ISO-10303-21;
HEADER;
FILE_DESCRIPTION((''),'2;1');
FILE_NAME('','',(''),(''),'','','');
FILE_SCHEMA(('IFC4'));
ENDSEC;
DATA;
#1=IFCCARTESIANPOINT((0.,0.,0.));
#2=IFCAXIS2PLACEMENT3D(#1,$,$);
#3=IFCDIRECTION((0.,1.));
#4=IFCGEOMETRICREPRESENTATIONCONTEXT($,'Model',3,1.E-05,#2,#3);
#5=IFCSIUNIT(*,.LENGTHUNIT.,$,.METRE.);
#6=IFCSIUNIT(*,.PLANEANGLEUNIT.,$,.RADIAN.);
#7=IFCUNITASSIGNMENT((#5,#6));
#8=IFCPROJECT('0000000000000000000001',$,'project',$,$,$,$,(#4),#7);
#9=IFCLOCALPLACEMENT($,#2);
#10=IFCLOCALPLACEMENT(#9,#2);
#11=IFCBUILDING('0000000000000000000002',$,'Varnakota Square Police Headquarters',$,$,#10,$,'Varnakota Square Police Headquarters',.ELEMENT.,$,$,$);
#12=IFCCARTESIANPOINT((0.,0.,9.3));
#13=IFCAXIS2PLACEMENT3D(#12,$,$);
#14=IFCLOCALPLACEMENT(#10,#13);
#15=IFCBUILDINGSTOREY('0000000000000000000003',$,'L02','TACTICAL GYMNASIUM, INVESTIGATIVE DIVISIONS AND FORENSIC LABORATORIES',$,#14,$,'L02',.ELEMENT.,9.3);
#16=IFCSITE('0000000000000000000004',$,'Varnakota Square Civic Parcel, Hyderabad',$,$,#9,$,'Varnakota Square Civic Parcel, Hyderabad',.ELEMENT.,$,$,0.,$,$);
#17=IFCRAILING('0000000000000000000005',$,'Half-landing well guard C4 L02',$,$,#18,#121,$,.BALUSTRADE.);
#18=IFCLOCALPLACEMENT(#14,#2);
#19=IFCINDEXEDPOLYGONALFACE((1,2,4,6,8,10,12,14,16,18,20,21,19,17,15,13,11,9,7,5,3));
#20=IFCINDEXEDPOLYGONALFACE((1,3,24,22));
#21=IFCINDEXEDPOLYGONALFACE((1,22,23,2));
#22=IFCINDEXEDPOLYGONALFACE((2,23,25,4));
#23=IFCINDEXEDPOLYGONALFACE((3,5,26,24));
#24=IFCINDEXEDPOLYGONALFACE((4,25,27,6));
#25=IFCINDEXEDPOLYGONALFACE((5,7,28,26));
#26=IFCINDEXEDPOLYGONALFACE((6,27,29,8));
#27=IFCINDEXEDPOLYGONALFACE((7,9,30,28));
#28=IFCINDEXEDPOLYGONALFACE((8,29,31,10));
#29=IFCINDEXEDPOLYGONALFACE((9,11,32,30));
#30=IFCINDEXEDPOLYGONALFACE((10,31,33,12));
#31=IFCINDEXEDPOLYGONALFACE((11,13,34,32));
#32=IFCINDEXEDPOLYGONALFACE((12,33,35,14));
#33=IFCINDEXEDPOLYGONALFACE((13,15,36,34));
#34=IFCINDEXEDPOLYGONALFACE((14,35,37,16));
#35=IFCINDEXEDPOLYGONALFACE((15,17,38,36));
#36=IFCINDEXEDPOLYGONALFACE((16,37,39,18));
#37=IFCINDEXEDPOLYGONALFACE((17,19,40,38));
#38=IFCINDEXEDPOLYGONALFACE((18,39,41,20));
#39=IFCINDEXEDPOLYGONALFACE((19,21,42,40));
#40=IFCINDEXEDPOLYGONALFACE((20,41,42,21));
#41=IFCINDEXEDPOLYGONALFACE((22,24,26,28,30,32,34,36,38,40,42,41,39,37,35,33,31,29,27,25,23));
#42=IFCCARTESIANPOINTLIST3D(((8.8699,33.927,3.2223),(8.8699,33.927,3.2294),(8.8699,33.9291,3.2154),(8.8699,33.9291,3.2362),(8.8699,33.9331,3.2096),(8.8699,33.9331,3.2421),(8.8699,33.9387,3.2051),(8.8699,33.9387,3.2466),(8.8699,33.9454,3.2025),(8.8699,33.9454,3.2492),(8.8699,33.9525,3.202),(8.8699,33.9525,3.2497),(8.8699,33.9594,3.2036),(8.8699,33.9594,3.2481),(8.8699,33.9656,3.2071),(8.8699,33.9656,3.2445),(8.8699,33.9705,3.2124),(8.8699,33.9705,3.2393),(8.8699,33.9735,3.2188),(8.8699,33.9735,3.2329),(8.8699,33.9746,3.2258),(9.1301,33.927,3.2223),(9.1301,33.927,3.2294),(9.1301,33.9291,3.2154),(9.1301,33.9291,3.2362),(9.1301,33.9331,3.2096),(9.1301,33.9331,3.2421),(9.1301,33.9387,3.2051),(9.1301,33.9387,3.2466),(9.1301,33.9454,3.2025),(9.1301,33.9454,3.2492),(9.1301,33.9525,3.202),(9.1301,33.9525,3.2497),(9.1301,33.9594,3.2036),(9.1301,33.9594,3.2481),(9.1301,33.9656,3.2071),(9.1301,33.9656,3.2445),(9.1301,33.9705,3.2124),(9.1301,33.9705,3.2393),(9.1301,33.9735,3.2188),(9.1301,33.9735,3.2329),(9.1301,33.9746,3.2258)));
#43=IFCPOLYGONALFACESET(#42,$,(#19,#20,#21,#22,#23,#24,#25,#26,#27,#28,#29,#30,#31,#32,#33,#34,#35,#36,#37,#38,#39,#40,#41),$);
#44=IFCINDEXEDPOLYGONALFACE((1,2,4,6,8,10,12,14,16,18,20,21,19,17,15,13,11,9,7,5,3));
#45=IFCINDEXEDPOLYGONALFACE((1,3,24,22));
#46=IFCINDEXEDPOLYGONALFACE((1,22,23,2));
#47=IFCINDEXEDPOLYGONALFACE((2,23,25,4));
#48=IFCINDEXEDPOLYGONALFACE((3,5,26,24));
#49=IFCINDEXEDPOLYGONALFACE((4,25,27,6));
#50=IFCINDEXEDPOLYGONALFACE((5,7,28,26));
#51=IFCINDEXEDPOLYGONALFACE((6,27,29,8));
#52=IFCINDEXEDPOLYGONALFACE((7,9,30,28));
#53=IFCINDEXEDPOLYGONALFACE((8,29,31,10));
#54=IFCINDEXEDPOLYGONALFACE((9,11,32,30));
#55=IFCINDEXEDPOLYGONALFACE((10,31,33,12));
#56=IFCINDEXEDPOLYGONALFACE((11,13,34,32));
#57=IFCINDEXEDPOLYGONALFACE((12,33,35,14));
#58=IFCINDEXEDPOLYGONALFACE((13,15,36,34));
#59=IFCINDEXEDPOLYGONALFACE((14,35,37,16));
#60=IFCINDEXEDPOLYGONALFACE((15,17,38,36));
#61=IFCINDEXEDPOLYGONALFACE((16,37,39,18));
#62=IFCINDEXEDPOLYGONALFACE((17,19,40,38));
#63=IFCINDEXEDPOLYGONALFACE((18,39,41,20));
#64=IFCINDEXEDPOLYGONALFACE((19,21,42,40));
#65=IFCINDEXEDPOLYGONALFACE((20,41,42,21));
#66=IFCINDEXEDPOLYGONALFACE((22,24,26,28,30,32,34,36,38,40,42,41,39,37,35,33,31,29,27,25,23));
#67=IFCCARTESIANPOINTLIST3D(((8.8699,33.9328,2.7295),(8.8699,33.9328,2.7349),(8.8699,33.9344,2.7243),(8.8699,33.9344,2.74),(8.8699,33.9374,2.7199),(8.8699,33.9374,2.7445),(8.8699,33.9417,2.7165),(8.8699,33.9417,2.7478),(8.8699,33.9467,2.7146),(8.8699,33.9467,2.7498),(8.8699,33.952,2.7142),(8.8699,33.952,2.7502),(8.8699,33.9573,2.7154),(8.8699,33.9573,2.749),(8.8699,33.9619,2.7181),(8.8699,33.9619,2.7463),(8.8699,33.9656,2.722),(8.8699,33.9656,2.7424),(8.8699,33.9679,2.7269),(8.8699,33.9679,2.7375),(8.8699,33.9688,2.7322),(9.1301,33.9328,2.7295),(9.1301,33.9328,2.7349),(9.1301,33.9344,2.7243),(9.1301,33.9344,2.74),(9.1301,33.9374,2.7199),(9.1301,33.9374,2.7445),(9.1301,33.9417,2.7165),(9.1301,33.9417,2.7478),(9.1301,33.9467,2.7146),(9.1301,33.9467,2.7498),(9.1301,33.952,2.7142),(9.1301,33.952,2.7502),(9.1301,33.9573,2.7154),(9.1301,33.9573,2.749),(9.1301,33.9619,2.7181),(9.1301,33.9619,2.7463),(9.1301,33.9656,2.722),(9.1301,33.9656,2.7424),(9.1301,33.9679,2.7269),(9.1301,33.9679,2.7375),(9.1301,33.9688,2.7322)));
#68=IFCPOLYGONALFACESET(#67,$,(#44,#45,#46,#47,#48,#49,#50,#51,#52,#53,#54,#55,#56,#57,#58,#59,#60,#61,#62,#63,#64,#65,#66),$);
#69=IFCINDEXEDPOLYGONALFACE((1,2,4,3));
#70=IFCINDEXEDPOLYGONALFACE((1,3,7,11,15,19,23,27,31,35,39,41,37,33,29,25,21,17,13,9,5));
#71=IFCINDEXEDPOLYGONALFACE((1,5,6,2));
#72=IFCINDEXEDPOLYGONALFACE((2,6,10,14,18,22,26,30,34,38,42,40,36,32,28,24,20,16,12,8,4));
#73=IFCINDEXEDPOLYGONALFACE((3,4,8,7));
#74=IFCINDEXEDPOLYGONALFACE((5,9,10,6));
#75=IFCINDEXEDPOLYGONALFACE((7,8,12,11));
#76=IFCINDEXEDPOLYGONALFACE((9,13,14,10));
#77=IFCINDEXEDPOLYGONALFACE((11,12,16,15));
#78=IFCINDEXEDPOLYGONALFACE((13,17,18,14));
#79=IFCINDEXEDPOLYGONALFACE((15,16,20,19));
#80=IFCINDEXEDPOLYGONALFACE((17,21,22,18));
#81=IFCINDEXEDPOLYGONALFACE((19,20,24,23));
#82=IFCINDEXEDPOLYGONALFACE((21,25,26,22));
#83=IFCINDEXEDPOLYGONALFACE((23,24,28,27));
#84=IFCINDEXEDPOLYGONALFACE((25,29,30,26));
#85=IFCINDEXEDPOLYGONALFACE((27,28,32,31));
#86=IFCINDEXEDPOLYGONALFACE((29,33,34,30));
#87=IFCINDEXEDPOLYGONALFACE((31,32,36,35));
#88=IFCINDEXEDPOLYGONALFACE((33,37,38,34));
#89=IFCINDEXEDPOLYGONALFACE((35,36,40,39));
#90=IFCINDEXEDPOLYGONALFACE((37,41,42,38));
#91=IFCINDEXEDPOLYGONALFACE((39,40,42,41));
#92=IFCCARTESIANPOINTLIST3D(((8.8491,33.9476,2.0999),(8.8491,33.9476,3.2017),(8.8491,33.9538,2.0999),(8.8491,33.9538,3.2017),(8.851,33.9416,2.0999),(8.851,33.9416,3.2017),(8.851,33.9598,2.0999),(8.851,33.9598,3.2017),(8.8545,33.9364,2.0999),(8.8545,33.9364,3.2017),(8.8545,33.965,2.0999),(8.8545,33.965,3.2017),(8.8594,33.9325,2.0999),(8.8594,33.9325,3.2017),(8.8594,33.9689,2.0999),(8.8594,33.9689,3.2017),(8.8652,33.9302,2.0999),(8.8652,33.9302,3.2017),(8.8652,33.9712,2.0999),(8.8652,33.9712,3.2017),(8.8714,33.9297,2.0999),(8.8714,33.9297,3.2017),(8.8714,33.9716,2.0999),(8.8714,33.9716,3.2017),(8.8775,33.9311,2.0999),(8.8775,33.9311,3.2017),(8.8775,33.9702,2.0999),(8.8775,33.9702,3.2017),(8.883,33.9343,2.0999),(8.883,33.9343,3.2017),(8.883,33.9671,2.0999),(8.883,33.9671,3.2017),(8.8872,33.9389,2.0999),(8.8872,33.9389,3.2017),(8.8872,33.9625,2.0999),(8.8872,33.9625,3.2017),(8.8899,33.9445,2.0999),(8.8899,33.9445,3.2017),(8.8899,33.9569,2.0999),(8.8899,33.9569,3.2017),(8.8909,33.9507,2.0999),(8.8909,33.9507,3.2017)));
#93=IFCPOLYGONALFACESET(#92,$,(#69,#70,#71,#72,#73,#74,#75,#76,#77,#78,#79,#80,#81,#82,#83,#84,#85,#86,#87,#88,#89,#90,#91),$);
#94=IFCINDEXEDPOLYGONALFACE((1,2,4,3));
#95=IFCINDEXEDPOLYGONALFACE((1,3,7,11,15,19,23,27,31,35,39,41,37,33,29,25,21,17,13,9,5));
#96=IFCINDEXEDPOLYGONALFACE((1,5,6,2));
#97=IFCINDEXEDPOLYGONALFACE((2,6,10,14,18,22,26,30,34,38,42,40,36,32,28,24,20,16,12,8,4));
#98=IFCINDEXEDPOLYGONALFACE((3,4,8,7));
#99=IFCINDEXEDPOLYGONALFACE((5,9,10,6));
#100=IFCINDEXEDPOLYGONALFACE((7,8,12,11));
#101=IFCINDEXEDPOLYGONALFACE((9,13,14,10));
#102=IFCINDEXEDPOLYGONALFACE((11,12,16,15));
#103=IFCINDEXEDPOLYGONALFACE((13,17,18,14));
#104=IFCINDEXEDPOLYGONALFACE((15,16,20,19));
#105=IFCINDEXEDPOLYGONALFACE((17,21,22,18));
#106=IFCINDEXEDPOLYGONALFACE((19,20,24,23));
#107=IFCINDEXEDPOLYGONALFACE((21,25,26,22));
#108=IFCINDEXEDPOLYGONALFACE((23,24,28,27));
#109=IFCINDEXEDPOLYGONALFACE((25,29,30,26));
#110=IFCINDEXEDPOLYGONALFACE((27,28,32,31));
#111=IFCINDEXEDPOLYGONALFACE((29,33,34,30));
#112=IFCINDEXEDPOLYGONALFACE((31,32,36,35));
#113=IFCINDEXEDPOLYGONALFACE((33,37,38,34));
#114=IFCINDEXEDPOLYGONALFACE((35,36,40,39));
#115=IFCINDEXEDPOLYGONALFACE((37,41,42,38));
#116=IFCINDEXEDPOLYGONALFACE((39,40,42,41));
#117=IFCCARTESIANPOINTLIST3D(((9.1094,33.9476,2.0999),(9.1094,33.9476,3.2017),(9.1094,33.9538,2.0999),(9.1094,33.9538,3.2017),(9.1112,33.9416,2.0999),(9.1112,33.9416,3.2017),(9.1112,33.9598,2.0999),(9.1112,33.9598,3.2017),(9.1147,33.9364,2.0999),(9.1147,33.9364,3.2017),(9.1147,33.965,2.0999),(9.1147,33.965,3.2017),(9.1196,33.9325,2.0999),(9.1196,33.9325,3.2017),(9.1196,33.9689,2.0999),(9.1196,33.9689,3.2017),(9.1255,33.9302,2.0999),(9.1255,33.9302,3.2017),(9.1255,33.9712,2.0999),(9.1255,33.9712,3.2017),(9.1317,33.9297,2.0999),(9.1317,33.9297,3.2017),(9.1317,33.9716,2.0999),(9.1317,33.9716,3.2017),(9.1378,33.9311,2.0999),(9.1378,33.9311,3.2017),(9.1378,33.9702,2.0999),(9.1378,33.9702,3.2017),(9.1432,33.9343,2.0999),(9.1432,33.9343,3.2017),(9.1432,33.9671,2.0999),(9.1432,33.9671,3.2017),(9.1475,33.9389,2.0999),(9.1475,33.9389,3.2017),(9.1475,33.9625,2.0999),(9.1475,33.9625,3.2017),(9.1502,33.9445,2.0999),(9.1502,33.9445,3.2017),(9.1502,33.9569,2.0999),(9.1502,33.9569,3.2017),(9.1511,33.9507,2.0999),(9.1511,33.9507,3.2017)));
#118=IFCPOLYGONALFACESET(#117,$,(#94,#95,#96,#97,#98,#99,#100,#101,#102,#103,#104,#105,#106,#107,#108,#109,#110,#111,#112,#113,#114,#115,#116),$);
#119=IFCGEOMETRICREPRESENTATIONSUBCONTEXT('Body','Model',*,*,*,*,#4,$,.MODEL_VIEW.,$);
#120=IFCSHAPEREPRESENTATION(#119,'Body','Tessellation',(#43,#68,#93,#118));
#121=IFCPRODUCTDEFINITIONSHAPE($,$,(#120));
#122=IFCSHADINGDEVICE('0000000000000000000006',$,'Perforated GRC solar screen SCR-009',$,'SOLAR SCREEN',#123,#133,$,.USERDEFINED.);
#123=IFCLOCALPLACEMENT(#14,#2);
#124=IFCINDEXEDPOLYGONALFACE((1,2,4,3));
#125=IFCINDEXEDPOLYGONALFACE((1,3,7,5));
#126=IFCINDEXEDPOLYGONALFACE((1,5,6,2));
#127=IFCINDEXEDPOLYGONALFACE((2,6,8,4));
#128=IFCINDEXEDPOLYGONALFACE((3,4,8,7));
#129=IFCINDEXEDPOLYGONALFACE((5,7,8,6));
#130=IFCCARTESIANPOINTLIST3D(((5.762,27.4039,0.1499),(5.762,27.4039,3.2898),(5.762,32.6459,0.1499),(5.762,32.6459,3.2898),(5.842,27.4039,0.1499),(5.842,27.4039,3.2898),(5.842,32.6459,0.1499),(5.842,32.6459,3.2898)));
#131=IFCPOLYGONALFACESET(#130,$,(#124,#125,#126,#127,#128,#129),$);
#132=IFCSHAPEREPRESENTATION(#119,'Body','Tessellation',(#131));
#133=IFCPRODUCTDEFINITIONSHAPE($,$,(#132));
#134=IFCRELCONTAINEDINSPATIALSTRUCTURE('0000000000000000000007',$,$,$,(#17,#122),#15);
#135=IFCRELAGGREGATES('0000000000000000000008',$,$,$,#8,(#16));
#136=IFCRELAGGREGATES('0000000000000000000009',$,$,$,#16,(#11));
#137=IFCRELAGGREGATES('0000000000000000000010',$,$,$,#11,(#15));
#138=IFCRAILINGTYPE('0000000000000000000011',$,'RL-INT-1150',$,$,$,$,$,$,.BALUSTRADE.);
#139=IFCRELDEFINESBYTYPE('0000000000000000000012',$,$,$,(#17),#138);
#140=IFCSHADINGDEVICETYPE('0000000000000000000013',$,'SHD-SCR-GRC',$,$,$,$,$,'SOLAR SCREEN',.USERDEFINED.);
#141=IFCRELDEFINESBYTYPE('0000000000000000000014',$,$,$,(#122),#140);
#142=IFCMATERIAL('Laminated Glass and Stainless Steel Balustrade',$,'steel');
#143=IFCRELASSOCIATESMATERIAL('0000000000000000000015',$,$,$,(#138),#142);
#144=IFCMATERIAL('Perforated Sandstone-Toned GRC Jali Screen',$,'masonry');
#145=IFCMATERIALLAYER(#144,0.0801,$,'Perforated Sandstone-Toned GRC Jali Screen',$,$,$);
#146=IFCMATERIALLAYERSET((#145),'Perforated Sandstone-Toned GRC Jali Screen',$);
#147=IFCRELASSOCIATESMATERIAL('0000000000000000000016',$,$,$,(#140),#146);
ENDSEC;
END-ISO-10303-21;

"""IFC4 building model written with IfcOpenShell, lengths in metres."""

from ifc_helpers import new_model, si_unit, direction, frame, origin, origin_2d, place, context, subcontext, project, spatial, rectangle, circle, extrude, material, layer, layer_set, type_object, element, save


model = new_model("IFC4")

# Units and contexts
model_context = context("Model", 3, precision=1e-05, world=origin(), true_north=direction((0.0, 1.0)))
body_context = subcontext(model_context, "Body", "Model", "MODEL_VIEW")
ifc_project = project(units=[si_unit("LENGTHUNIT", "METRE"), si_unit("PLANEANGLEUNIT", "RADIAN")], contexts=[model_context])

# Site, building, storey
site_placement = place(None, origin())
site = spatial("IfcSite", under=ifc_project, at=site_placement, Name="Varnakota Square Civic Parcel, Hyderabad", LongName="Varnakota Square Civic Parcel, Hyderabad", CompositionType="ELEMENT", RefElevation=0.0)
building_placement = place(site_placement, origin())
building = spatial("IfcBuilding", under=site, at=building_placement, Name="Varnakota Square Police Headquarters", LongName="Varnakota Square Police Headquarters", CompositionType="ELEMENT")
storey_placement = place(building_placement, frame((0.0, 0.0, 9.3)))
storey = spatial("IfcBuildingStorey", under=building, at=storey_placement, Name="L02", Description="TACTICAL GYMNASIUM, INVESTIGATIVE DIVISIONS AND FORENSIC LABORATORIES", LongName="L02", CompositionType="ELEMENT", Elevation=9.3)

# Railing
ifc_material_1 = material(Name="Laminated Glass and Stainless Steel Balustrade", Category="steel")
railing_type = type_object("IfcRailingType", Name="RL-INT-1150", PredefinedType="BALUSTRADE", material=ifc_material_1)
railing_1_placement = place(storey_placement, frame((8.8699, 33.9507, 2.0999)))
element("IfcRailing", 1, at=railing_1_placement, inside=storey, type_object=railing_type, Name="Half-landing well guard C4 L02", PredefinedType="BALUSTRADE", context=body_context, shape_type="SweptSolid", body=[
    extrude(circle(Radius=0.0239, at=origin_2d()), frame((0.0, 0.0, 1.126), z_axis=(1.0, 0.0, 0.0), x_axis=(0.0, 1.0, 0.0)), (0.0, 0.0, 1.0), 0.2603),
    extrude(circle(Radius=0.0181, at=origin_2d()), frame((0.0, 0.0, 0.6323), z_axis=(1.0, 0.0, 0.0), x_axis=(0.0, 1.0, 0.0)), (0.0, 0.0, 1.0), 0.2603),
    extrude(circle(Radius=0.021, at=origin_2d()), origin(), (0.0, 0.0, 1.0), 1.1018),
    extrude(circle(Radius=0.021, at=origin_2d()), frame((0.2603, 0.0, 0.0)), (0.0, 0.0, 1.0), 1.1018),
])

# Shading device
ifc_material_2 = material(Name="Perforated Sandstone-Toned GRC Jali Screen", Category="masonry")
ifc_layer_1 = layer(ifc_material_2, 0.0801, Name="Perforated Sandstone-Toned GRC Jali Screen")
ifc_layer_set_1 = layer_set([ifc_layer_1], Name="Perforated Sandstone-Toned GRC Jali Screen")
shading_device_type = type_object("IfcShadingDeviceType", Name="SHD-SCR-GRC", ElementType="SOLAR SCREEN", PredefinedType="USERDEFINED", material=ifc_layer_set_1)
shading_device_placement = place(storey_placement, frame((5.802, 30.0249, 0.1499), z_axis=(0.0, 0.0, 1.0), x_axis=(0.0, 1.0, 0.0)))
element("IfcShadingDevice", 2, at=shading_device_placement, inside=storey, type_object=shading_device_type, Name="Perforated GRC solar screen SCR-009", ObjectType="SOLAR SCREEN", PredefinedType="USERDEFINED", context=body_context, shape_type="SweptSolid", body=[
    extrude(rectangle(XDim=5.2419, YDim=0.0801, at=origin_2d()), origin(), (0.0, 0.0, 1.0), 3.1399),
])

save(model, "model.ifc")
